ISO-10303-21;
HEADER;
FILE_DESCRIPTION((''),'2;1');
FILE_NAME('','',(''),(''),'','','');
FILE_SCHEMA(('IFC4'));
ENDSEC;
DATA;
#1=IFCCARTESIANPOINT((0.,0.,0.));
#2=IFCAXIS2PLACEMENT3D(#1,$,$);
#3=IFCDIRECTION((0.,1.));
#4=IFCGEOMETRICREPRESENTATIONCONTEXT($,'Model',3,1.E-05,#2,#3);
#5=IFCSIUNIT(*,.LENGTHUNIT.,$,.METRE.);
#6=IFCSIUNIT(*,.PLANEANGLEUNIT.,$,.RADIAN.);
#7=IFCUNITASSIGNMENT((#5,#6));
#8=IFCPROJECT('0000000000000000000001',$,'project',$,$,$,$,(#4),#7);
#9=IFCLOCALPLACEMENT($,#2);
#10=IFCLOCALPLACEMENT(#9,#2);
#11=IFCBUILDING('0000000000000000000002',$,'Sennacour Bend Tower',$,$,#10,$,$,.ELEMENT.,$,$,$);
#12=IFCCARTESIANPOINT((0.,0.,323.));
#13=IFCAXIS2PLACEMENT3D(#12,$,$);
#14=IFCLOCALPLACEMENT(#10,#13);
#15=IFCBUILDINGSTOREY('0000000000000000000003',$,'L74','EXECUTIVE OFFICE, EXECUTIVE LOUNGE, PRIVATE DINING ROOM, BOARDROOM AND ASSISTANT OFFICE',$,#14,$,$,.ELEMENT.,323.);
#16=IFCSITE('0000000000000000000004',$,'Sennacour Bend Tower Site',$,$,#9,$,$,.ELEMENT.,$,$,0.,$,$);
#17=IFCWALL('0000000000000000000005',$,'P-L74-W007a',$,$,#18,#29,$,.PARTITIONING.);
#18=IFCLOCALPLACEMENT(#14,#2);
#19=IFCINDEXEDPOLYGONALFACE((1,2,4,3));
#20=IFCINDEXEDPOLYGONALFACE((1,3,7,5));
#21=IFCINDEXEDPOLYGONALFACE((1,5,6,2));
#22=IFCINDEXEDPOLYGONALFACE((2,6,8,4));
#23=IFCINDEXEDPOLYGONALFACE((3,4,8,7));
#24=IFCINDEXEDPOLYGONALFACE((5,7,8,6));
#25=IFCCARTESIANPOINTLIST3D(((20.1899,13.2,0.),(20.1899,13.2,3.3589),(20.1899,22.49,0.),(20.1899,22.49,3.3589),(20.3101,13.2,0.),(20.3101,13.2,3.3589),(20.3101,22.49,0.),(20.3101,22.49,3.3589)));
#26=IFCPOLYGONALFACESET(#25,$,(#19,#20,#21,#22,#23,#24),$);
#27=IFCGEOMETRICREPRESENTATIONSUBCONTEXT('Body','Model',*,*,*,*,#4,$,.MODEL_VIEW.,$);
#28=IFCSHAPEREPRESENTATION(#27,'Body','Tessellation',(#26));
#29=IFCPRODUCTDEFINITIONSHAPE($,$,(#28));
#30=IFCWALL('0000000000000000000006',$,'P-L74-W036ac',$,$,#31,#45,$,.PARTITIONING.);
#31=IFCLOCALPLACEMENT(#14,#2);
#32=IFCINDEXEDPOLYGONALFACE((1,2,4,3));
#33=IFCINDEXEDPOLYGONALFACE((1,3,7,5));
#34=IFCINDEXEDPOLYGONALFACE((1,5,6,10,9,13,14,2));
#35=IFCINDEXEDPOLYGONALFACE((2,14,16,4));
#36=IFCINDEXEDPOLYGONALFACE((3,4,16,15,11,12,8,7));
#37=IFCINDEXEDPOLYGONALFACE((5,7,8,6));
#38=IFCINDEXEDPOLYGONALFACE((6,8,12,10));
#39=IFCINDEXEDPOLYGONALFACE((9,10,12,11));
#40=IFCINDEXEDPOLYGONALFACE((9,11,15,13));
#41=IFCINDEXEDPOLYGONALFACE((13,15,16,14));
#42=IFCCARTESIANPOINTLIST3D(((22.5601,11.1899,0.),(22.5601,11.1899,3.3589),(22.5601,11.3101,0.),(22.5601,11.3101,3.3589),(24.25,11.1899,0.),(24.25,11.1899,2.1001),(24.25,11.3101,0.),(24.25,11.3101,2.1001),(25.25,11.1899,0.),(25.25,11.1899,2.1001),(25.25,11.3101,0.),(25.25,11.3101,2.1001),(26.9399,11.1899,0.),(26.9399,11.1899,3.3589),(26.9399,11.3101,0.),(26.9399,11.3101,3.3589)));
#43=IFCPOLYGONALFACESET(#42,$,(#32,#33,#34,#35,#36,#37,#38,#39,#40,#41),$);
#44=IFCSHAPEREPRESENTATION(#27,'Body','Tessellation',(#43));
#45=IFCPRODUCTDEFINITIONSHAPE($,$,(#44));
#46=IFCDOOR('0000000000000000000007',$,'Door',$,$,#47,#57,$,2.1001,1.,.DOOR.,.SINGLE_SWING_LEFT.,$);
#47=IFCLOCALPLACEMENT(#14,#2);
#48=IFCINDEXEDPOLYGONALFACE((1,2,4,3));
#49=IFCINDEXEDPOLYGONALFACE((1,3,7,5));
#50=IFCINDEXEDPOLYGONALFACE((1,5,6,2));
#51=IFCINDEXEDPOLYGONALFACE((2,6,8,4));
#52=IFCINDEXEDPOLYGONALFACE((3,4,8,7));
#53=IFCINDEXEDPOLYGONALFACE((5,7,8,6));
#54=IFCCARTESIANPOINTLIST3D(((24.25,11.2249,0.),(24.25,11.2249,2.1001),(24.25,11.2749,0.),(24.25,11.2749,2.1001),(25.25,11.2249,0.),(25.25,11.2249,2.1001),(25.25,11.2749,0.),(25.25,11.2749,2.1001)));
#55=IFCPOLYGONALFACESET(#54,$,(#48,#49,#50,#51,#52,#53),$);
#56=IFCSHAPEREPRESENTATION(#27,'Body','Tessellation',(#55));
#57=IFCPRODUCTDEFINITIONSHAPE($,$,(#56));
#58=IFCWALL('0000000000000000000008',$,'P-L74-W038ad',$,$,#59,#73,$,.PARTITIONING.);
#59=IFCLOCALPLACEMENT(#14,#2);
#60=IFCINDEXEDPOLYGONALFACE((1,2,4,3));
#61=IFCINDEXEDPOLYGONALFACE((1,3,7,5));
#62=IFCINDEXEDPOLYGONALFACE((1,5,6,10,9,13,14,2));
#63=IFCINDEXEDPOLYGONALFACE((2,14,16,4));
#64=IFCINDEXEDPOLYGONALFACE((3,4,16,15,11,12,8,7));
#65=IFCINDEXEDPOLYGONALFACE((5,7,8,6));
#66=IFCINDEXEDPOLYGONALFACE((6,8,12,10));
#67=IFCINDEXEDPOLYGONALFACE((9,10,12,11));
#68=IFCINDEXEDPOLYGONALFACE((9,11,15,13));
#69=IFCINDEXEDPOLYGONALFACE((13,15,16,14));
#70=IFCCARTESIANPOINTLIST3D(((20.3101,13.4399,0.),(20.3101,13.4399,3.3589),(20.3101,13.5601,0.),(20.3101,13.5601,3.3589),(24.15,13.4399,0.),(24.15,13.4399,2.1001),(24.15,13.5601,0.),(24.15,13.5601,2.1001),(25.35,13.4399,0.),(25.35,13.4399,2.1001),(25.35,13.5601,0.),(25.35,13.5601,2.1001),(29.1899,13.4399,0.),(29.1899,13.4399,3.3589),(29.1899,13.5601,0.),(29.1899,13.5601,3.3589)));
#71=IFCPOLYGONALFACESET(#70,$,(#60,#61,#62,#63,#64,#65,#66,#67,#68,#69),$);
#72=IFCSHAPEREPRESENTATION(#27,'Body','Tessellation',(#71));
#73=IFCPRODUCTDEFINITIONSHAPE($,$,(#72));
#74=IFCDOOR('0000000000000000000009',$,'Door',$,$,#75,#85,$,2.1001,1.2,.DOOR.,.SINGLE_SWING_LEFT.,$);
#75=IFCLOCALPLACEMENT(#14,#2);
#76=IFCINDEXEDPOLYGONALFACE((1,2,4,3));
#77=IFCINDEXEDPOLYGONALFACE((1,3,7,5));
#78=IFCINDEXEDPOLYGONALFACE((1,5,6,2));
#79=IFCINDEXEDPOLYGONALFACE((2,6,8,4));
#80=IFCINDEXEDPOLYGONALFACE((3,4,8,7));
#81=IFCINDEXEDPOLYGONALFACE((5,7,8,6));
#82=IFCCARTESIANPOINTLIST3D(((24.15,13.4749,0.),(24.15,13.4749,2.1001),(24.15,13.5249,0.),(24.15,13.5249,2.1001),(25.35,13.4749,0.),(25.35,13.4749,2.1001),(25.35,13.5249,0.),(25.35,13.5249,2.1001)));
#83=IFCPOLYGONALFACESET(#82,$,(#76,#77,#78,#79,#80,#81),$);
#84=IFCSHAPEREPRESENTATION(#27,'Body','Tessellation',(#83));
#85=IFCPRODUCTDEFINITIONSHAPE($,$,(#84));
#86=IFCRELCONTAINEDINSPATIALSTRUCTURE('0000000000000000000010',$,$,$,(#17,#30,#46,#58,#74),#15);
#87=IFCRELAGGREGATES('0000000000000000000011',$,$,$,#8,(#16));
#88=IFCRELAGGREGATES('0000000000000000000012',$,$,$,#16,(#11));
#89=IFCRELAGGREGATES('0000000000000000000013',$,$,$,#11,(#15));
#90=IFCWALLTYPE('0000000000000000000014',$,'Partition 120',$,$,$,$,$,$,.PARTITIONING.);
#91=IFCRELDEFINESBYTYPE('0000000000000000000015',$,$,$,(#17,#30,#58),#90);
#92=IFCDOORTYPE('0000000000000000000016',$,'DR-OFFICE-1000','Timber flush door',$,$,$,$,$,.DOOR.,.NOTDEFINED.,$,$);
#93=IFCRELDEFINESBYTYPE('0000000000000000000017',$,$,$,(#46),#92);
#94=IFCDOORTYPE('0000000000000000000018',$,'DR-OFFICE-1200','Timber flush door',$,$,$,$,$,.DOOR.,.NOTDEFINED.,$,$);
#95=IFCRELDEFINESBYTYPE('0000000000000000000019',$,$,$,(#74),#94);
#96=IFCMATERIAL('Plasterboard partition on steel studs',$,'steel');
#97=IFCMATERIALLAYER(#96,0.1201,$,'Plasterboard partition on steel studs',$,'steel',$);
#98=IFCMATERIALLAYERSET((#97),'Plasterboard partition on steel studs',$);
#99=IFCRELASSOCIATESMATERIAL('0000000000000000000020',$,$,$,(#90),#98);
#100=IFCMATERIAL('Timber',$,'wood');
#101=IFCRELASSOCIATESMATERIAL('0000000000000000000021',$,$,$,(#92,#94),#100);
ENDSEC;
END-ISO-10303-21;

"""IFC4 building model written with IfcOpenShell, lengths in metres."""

from ifc_helpers import new_model, si_unit, direction, frame, frame_2d, origin, place, context, subcontext, project, spatial, rectangle, extrude, material, layer, layer_set, type_object, element, fill, save


model = new_model("IFC4")

# Units and contexts
model_context = context("Model", 3, precision=1e-05, world=origin(), true_north=direction((0.0, 1.0)))
body_context = subcontext(model_context, "Body", "Model", "MODEL_VIEW")
ifc_project = project(units=[si_unit("LENGTHUNIT", "METRE"), si_unit("PLANEANGLEUNIT", "RADIAN")], contexts=[model_context])

# Site, building, storey
site_placement = place(None, origin())
site = spatial("IfcSite", under=ifc_project, at=site_placement, Name="Sennacour Bend Tower Site", CompositionType="ELEMENT", RefElevation=0.0)
building_placement = place(site_placement, origin())
building = spatial("IfcBuilding", under=site, at=building_placement, Name="Sennacour Bend Tower", CompositionType="ELEMENT")
storey_placement = place(building_placement, frame((0.0, 0.0, 323.0)))
storey = spatial("IfcBuildingStorey", under=building, at=storey_placement, Name="L74", Description="EXECUTIVE OFFICE, EXECUTIVE LOUNGE, PRIVATE DINING ROOM, BOARDROOM AND ASSISTANT OFFICE", CompositionType="ELEMENT", Elevation=323.0)

# Wall
ifc_material_1 = material(Name="Plasterboard partition on steel studs", Category="steel")
ifc_layer_1 = layer(ifc_material_1, 0.1201, Name="Plasterboard partition on steel studs", Category="steel")
ifc_layer_set_1 = layer_set([ifc_layer_1], Name="Plasterboard partition on steel studs")
wall_type = type_object("IfcWallType", Name="Partition 120", PredefinedType="PARTITIONING", material=ifc_layer_set_1)
wall_1_placement = place(storey_placement, frame((20.25, 13.2, 0.0), z_axis=(0.0, 0.0, 1.0), x_axis=(0.0, 1.0, 0.0)))
element("IfcWall", 1, at=wall_1_placement, inside=storey, type_object=wall_type, Name="P-L74-W007a", PredefinedType="PARTITIONING", context=body_context, shape_type="SweptSolid", body=[
    extrude(rectangle(XDim=9.29, YDim=0.1201, at=frame_2d((4.645, 0.0))), origin(), (0.0, 0.0, 1.0), 3.3589),
])

# Walls, openings, doors
wall_2_placement = place(storey_placement, frame((22.5601, 11.25, 0.0), z_axis=(0.0, 0.0, 1.0), x_axis=(1.0, 0.0, 0.0)))
wall_2 = element("IfcWall", 2, at=wall_2_placement, inside=storey, type_object=wall_type, Name="P-L74-W036ac", PredefinedType="PARTITIONING", context=body_context, shape_type="SweptSolid", body=[
    extrude(rectangle(XDim=4.3799, YDim=0.1201, at=frame_2d((2.1899, 0.0))), origin(), (0.0, 0.0, 1.0), 3.3589),
])
opening_1_placement = place(wall_2_placement, frame((1.6899, 0.0, 0.0)))
opening_1 = element("IfcOpeningElement", 3, at=opening_1_placement, cuts=wall_2, PredefinedType="OPENING", context=body_context, shape_type="SweptSolid", body=[
    extrude(rectangle(XDim=1.0, YDim=2.1001, at=frame_2d((0.5, 1.05))), frame((0.0, 0.0701, 0.0), z_axis=(0.0, -1.0, 0.0), x_axis=(1.0, 0.0, 0.0)), (0.0, 0.0, 1.0), 0.1401),
])
ifc_material_2 = material(Name="Timber", Category="wood")
door_type_1 = type_object("IfcDoorType", Name="DR-OFFICE-1000", Description="Timber flush door", OperationType="NOTDEFINED", PredefinedType="DOOR", material=ifc_material_2)
door_1_placement = place(opening_1_placement, origin())
door_1 = element("IfcDoor", 4, at=door_1_placement, inside=storey, type_object=door_type_1, Name="Door", OperationType="SINGLE_SWING_LEFT", OverallHeight=2.1001, OverallWidth=1.0, PredefinedType="DOOR", context=body_context, shape_type="SweptSolid", body=[
    extrude(rectangle(XDim=1.0, YDim=2.1001, at=frame_2d((0.5, 1.05))), frame((0.0, 0.0249, 0.0), z_axis=(0.0, -1.0, 0.0), x_axis=(1.0, 0.0, 0.0)), (0.0, 0.0, 1.0), 0.05),
])
fill(opening_1, door_1)
wall_3_placement = place(storey_placement, frame((20.3101, 13.5, 0.0), z_axis=(0.0, 0.0, 1.0), x_axis=(1.0, 0.0, 0.0)))
wall_3 = element("IfcWall", 5, at=wall_3_placement, inside=storey, type_object=wall_type, Name="P-L74-W038ad", PredefinedType="PARTITIONING", context=body_context, shape_type="SweptSolid", body=[
    extrude(rectangle(XDim=8.8799, YDim=0.1201, at=frame_2d((4.4399, 0.0))), origin(), (0.0, 0.0, 1.0), 3.3589),
])
opening_2_placement = place(wall_3_placement, frame((3.8398, 0.0, 0.0)))
opening_2 = element("IfcOpeningElement", 6, at=opening_2_placement, cuts=wall_3, PredefinedType="OPENING", context=body_context, shape_type="SweptSolid", body=[
    extrude(rectangle(XDim=1.2, YDim=2.1001, at=frame_2d((0.6001, 1.05))), frame((0.0, 0.0701, 0.0), z_axis=(0.0, -1.0, 0.0), x_axis=(1.0, 0.0, 0.0)), (0.0, 0.0, 1.0), 0.1401),
])
door_type_2 = type_object("IfcDoorType", Name="DR-OFFICE-1200", Description="Timber flush door", OperationType="NOTDEFINED", PredefinedType="DOOR", material=ifc_material_2)
door_2_placement = place(opening_2_placement, origin())
door_2 = element("IfcDoor", 7, at=door_2_placement, inside=storey, type_object=door_type_2, Name="Door", OperationType="SINGLE_SWING_LEFT", OverallHeight=2.1001, OverallWidth=1.2, PredefinedType="DOOR", context=body_context, shape_type="SweptSolid", body=[
    extrude(rectangle(XDim=1.2, YDim=2.1001, at=frame_2d((0.6001, 1.05))), frame((0.0, 0.0249, 0.0), z_axis=(0.0, -1.0, 0.0), x_axis=(1.0, 0.0, 0.0)), (0.0, 0.0, 1.0), 0.05),
])
fill(opening_2, door_2)

save(model, "model.ifc")
